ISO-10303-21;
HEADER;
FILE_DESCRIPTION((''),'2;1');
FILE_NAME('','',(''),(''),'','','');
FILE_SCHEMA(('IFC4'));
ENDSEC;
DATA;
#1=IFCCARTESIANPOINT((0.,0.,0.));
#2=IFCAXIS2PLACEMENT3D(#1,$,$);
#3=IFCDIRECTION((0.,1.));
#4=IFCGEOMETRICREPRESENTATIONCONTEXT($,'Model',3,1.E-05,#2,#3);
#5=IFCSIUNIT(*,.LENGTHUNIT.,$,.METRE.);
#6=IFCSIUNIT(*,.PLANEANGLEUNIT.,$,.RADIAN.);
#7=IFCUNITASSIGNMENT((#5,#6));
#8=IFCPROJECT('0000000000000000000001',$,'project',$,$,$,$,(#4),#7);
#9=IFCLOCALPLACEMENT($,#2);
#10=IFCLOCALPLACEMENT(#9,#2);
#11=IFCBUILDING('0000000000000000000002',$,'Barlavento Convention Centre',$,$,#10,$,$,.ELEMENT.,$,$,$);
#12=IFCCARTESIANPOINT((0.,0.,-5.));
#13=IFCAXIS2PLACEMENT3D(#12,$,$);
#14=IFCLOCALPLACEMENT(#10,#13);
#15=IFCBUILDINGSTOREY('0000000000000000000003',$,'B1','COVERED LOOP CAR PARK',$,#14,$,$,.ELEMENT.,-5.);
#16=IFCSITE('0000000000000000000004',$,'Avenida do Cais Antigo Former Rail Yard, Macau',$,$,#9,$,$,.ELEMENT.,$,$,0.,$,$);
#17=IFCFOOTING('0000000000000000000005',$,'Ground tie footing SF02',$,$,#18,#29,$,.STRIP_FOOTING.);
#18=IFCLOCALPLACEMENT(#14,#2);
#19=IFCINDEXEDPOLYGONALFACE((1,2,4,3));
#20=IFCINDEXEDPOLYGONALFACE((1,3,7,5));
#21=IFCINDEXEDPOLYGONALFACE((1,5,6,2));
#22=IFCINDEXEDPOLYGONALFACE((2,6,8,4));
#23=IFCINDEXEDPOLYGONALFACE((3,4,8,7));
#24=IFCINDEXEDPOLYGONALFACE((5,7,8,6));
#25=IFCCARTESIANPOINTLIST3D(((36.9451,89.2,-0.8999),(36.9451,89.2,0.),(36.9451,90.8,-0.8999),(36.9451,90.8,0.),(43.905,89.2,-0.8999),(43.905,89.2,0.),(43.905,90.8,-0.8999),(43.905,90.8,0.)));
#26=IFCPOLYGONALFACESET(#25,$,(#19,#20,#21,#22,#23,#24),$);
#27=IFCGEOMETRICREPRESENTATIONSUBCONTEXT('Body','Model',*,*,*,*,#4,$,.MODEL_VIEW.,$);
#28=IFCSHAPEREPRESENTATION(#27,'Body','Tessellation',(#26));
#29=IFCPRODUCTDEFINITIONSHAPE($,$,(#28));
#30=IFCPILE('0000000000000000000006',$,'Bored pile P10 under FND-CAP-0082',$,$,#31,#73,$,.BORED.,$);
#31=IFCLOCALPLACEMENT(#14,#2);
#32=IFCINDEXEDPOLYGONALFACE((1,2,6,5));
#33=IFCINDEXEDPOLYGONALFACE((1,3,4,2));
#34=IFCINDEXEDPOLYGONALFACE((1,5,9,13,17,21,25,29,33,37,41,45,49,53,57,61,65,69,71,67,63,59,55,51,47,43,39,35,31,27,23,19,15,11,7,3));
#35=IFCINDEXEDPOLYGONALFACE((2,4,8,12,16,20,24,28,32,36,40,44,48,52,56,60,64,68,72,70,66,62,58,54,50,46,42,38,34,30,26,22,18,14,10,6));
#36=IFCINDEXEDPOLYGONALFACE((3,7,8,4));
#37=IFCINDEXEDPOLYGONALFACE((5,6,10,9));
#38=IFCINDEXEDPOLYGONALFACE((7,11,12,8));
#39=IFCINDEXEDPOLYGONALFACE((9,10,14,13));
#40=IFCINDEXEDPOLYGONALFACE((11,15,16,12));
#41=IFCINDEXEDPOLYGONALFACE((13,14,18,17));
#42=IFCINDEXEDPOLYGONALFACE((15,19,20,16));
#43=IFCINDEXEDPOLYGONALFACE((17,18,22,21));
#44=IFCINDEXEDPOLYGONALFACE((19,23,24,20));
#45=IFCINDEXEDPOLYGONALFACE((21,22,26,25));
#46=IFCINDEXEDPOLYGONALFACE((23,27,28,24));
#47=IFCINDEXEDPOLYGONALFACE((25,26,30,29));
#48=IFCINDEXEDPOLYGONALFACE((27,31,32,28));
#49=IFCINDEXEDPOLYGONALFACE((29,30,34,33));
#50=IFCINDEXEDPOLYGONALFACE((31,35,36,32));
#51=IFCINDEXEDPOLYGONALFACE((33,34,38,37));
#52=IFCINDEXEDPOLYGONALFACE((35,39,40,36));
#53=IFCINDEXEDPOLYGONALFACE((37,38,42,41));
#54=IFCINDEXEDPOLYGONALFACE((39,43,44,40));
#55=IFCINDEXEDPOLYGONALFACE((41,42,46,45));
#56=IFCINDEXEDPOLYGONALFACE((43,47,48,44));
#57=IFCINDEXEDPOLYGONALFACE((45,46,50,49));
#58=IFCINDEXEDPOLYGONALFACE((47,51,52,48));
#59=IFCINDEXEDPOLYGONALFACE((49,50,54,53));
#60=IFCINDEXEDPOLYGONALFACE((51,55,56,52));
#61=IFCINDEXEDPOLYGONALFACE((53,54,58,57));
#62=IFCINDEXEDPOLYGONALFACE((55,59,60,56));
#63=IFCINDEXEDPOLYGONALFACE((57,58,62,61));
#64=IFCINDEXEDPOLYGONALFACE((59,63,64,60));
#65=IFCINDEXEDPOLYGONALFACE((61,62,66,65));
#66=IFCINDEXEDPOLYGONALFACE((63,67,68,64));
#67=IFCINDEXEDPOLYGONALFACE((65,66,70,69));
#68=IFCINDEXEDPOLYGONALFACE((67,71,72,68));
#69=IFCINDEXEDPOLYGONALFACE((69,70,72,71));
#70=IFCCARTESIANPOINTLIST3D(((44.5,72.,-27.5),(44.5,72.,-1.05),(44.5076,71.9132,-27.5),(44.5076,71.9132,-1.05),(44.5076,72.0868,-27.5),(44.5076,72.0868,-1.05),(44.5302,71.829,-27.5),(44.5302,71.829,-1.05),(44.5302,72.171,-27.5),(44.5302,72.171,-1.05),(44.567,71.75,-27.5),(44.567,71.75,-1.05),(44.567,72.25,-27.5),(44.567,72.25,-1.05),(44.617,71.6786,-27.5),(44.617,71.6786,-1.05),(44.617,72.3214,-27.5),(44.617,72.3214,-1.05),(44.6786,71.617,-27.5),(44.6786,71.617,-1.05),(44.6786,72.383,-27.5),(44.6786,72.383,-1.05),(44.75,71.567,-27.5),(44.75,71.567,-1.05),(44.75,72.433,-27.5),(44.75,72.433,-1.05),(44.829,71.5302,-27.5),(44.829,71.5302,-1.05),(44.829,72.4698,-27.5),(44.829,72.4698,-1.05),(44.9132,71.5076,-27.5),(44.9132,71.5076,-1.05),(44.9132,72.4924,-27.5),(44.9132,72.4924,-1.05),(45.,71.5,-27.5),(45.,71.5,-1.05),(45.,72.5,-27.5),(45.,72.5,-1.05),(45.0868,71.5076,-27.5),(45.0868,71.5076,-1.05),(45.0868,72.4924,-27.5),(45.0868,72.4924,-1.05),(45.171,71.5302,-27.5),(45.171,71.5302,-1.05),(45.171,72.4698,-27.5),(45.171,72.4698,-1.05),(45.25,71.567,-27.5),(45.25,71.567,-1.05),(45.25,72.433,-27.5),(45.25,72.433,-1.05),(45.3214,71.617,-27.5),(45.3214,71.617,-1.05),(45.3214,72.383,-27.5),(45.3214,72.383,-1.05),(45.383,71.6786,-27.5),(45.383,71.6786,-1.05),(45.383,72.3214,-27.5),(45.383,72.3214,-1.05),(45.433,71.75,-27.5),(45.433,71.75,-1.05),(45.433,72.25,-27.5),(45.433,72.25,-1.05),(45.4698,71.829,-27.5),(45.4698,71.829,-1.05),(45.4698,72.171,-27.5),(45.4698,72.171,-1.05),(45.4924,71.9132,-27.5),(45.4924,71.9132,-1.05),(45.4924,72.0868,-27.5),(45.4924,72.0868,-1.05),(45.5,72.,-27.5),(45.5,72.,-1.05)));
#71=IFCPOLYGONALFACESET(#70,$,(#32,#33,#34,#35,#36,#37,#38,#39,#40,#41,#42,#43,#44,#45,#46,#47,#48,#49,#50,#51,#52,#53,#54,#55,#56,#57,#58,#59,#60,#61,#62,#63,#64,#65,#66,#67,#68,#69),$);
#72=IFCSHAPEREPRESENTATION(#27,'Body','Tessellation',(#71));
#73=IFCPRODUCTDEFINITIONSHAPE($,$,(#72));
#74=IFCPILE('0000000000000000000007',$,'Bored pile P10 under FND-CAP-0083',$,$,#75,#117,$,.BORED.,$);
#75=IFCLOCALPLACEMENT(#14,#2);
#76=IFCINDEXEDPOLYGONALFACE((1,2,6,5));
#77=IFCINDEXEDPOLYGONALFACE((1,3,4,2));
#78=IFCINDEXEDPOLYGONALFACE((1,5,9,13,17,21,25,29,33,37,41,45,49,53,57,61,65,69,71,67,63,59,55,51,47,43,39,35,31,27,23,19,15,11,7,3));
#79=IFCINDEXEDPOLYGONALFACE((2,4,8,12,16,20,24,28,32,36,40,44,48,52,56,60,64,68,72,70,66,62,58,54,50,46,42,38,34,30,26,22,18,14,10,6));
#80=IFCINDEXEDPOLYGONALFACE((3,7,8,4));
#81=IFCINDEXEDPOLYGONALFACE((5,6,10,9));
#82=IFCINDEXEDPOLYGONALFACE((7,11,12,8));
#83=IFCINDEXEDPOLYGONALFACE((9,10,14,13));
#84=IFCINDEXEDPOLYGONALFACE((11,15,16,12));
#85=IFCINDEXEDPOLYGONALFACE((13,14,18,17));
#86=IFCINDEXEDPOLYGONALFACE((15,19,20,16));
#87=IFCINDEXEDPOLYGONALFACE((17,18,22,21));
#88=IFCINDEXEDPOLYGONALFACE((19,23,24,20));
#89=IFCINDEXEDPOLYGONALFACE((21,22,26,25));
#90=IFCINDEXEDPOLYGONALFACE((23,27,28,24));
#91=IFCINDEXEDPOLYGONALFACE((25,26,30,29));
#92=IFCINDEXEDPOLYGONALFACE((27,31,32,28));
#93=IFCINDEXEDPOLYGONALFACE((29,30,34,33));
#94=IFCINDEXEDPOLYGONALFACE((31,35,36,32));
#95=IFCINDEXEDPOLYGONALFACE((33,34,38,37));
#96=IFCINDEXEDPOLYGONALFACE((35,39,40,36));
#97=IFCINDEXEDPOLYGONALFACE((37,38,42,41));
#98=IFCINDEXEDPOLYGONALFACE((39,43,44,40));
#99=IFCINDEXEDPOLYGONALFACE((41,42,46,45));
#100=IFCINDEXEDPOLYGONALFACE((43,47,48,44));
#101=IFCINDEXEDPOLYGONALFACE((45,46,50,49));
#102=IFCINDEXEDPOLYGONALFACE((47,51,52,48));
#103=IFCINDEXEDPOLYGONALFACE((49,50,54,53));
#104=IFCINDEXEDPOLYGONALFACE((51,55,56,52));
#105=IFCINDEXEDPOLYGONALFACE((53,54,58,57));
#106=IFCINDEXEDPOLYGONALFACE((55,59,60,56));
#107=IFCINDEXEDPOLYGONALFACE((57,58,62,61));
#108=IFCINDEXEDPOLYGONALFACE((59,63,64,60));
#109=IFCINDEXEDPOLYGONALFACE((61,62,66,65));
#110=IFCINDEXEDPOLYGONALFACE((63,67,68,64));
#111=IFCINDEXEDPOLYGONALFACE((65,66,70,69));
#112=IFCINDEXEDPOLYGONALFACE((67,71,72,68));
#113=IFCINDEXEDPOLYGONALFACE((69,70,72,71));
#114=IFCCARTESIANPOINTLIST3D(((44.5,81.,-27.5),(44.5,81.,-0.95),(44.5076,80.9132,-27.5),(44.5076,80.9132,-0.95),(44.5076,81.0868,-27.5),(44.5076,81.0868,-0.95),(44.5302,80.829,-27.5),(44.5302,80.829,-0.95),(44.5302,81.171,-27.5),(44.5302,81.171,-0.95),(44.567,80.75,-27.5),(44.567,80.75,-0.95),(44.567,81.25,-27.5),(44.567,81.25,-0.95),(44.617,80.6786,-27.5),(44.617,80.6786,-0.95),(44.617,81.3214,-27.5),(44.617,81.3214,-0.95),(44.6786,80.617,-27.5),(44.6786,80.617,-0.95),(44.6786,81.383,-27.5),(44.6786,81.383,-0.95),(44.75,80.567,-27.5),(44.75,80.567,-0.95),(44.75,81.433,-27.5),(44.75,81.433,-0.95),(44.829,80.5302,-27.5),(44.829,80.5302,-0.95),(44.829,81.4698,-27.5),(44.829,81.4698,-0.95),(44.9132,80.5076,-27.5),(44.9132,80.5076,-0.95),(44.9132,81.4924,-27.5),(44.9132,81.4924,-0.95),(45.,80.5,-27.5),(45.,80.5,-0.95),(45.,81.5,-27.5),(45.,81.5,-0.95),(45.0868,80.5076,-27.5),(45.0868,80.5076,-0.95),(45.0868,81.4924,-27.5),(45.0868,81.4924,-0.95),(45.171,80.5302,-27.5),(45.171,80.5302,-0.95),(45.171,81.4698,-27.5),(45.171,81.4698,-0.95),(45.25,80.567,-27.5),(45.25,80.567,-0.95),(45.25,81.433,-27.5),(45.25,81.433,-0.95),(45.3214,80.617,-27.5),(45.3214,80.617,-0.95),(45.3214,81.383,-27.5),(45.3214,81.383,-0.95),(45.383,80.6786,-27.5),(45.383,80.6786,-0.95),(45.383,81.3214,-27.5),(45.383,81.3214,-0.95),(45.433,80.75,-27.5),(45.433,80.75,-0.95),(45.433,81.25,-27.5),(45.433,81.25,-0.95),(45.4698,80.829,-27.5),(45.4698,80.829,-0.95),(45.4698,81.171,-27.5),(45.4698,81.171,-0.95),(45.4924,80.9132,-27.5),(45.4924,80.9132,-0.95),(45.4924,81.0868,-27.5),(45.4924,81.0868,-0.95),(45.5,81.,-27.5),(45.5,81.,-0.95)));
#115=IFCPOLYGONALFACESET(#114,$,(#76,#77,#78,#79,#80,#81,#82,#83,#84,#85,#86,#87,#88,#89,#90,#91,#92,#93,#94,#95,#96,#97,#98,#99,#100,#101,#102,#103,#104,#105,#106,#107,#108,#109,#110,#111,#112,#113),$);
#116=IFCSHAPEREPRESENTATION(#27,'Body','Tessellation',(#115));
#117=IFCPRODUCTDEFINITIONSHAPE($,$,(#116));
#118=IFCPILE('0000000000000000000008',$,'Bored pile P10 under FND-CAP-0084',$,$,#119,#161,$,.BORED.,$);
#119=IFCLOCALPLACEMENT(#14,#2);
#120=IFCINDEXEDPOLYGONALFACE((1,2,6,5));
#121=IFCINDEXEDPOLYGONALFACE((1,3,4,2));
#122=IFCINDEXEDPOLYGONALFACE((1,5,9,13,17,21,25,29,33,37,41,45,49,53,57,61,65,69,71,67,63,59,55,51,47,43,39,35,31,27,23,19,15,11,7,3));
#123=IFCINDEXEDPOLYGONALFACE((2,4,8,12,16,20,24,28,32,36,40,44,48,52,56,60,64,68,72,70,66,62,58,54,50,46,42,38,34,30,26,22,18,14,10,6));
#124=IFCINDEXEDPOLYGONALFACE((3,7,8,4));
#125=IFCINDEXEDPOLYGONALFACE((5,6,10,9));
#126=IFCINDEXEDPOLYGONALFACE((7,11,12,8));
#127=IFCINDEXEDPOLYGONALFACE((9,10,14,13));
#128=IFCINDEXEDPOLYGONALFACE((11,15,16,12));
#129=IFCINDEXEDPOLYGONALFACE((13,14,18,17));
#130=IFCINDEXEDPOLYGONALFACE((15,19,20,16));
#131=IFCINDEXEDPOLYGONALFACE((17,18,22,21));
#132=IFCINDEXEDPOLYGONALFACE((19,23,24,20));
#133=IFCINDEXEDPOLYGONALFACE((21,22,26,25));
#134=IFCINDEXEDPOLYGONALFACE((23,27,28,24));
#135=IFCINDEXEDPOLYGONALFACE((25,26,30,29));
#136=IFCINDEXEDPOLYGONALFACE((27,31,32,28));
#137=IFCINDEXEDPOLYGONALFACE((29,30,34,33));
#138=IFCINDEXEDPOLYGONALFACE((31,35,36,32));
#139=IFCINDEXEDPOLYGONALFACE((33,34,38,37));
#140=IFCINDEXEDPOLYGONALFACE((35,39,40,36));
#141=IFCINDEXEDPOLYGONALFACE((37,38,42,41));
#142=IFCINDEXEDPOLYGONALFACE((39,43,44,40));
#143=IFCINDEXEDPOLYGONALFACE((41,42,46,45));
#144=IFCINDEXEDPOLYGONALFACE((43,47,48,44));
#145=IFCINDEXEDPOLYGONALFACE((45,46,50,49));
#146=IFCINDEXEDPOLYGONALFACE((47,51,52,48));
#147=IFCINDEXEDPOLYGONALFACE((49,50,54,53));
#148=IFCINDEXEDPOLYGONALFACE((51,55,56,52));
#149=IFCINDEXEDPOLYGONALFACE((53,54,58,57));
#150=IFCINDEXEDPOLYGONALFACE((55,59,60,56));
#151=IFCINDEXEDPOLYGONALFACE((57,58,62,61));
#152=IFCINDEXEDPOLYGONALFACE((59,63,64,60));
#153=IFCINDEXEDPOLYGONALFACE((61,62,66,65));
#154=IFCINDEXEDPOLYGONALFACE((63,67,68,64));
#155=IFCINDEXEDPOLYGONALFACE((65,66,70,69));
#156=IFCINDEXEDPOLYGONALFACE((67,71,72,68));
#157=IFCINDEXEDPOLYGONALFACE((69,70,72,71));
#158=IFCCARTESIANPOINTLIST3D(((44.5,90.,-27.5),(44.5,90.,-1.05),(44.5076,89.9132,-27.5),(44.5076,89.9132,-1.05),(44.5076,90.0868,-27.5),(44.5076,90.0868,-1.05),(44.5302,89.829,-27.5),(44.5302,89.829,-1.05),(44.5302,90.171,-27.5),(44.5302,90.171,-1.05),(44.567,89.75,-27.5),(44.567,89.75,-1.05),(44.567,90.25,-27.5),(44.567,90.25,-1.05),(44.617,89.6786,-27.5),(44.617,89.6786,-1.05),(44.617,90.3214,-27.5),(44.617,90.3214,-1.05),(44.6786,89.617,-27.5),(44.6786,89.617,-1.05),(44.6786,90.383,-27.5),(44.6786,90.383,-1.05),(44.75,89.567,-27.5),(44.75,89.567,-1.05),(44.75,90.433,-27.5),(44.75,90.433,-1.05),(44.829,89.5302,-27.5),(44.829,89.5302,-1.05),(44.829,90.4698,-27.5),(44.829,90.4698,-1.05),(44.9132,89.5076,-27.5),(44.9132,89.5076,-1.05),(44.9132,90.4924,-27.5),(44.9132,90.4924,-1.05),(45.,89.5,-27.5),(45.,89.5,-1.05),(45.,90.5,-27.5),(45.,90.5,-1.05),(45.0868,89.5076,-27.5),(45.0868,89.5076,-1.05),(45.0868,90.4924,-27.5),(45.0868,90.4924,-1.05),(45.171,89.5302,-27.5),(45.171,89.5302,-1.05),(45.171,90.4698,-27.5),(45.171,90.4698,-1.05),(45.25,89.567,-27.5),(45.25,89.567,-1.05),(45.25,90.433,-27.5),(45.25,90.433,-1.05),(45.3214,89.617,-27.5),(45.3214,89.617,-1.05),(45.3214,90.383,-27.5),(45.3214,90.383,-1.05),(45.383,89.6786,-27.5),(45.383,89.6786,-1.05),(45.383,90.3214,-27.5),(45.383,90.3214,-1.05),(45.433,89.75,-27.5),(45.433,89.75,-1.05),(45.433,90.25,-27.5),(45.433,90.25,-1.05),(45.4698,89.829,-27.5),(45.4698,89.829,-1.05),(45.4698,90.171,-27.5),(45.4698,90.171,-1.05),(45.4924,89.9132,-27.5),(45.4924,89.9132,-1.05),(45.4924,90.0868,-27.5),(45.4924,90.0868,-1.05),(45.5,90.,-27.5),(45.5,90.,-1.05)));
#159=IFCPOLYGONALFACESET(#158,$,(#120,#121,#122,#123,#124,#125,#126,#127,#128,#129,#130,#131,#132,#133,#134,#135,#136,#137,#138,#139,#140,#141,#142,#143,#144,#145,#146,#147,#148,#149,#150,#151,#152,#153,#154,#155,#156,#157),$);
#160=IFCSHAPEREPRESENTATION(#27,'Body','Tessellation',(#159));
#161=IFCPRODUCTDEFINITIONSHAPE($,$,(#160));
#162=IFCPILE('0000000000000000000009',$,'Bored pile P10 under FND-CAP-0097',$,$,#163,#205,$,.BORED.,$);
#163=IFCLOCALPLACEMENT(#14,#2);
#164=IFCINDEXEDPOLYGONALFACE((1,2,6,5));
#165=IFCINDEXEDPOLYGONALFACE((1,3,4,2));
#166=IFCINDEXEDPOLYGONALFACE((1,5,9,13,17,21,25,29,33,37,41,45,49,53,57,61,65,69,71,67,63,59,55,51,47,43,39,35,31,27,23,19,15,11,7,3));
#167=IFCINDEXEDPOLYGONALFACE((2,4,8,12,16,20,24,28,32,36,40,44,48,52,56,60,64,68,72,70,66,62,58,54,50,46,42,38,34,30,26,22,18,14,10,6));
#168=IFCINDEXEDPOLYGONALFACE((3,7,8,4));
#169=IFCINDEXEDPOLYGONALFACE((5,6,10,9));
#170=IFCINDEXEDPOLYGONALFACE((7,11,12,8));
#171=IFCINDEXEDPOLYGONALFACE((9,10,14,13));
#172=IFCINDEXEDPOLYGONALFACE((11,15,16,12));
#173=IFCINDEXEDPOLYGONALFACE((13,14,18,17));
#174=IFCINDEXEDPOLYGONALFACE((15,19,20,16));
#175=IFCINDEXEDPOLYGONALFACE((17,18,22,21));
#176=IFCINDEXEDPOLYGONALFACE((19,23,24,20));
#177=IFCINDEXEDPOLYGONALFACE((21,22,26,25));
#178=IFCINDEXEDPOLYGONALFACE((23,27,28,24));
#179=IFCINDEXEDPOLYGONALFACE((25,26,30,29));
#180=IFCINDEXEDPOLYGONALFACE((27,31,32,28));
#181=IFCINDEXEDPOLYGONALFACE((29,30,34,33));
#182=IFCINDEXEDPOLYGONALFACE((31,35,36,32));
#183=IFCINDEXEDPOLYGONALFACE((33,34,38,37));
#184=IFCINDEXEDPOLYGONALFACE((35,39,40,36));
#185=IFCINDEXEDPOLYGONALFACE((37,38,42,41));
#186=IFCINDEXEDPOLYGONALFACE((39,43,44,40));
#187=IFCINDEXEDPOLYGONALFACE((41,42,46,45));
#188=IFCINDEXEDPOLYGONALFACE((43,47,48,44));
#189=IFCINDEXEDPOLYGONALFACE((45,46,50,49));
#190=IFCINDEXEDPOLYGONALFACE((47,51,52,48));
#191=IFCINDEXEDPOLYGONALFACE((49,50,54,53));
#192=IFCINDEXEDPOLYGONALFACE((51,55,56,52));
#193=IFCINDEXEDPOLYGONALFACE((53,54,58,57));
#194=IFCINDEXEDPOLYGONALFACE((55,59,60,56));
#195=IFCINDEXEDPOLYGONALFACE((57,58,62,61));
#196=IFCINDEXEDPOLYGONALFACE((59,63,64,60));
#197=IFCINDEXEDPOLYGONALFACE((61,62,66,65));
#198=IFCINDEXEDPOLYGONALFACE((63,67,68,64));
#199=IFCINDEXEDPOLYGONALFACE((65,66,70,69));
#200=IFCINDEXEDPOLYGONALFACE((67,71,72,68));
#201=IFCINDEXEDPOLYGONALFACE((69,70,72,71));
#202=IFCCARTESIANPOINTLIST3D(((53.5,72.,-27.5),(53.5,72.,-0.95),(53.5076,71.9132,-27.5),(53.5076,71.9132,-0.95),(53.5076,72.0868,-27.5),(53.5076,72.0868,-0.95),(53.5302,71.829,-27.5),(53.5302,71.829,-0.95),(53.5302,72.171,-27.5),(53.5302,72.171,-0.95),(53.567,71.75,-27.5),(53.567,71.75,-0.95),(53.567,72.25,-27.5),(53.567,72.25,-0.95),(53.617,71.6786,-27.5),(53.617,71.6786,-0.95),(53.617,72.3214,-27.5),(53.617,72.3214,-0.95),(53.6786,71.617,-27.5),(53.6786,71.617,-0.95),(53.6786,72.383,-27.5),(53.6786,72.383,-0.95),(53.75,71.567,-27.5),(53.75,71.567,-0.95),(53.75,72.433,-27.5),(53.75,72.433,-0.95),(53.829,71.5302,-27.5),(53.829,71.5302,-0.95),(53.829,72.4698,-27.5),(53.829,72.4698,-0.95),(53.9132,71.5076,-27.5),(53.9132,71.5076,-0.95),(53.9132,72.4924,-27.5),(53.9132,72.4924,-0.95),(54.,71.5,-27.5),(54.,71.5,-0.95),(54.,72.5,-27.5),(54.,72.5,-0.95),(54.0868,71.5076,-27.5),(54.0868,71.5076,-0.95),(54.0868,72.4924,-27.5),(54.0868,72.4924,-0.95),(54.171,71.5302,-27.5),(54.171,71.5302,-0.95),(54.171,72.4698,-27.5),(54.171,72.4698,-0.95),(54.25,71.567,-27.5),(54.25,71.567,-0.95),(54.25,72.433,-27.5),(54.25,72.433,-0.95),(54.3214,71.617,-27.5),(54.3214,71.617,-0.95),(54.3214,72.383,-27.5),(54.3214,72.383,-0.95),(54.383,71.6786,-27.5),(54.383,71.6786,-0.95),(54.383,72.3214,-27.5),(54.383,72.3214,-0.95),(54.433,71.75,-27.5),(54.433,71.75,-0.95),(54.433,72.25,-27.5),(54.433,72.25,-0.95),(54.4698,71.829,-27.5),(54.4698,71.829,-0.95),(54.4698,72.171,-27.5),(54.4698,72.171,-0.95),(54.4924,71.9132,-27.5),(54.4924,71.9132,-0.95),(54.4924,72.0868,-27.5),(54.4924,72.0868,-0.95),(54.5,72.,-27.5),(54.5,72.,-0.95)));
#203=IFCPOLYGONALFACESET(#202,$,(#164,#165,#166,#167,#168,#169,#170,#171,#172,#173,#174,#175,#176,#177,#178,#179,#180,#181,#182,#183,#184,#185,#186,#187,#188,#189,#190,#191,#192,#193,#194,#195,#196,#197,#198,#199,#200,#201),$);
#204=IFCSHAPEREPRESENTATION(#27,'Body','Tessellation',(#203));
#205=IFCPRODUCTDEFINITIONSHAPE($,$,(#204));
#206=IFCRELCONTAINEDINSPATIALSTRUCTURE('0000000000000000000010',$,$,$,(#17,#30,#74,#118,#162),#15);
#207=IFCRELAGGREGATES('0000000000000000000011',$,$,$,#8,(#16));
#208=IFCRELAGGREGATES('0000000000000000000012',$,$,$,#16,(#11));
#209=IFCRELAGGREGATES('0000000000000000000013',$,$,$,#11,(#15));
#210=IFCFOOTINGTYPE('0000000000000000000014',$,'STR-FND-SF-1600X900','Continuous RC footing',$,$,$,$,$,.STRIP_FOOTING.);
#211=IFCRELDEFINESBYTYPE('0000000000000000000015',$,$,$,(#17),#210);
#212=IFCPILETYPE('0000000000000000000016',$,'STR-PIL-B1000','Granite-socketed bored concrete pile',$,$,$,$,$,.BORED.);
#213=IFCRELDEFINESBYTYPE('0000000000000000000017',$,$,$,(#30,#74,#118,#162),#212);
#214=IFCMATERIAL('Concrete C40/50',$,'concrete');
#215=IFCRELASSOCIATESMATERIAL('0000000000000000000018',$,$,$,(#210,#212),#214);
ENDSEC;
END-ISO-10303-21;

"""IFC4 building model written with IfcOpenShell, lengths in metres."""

from ifc_helpers import new_model, si_unit, direction, frame, origin, origin_2d, place, context, subcontext, project, spatial, rectangle, circle, extrude, material, material_profile, profile_set, type_object, element, save


model = new_model("IFC4")

# Units and contexts
model_context = context("Model", 3, precision=1e-05, world=origin(), true_north=direction((0.0, 1.0)))
body_context = subcontext(model_context, "Body", "Model", "MODEL_VIEW")
ifc_project = project(units=[si_unit("LENGTHUNIT", "METRE"), si_unit("PLANEANGLEUNIT", "RADIAN")], contexts=[model_context])

# Site, building, storey
site_placement = place(None, origin())
site = spatial("IfcSite", under=ifc_project, at=site_placement, Name="Avenida do Cais Antigo Former Rail Yard, Macau", CompositionType="ELEMENT", RefElevation=0.0)
building_placement = place(site_placement, origin())
building = spatial("IfcBuilding", under=site, at=building_placement, Name="Barlavento Convention Centre", CompositionType="ELEMENT")
storey_placement = place(building_placement, frame((0.0, 0.0, -5.0)))
storey = spatial("IfcBuildingStorey", under=building, at=storey_placement, Name="B1", Description="COVERED LOOP CAR PARK", CompositionType="ELEMENT", Elevation=-5.0)

# Footing
ifc_material_1 = material(Name="Concrete C40/50", Category="concrete")
footing_type_1 = type_object("IfcFootingType", Name="STR-FND-SF-1600X900", Description="Continuous RC footing", PredefinedType="STRIP_FOOTING", material=ifc_material_1)
footing_1_placement = place(storey_placement, frame((40.425, 90.0, -0.8999), z_axis=(0.0, 0.0, 1.0), x_axis=(1.0, 0.0, 0.0)))
element("IfcFooting", 1, at=footing_1_placement, inside=storey, type_object=footing_type_1, Name="Ground tie footing SF02", PredefinedType="STRIP_FOOTING", context=body_context, shape_type="SweptSolid", body=[
    extrude(rectangle(XDim=6.96, YDim=1.6001, at=origin_2d()), origin(), (0.0, 0.0, 1.0), 0.8999),
])

# Piles
ifc_material_profile_1 = material_profile(ifc_material_1, circle(Radius=0.5, at=origin_2d()), Name="BORED PILE 1000")
ifc_profile_set_1 = profile_set([ifc_material_profile_1], Name="Concrete C40/50")
pile_type = type_object("IfcPileType", Name="STR-PIL-B1000", Description="Granite-socketed bored concrete pile", PredefinedType="BORED", material=ifc_profile_set_1)
pile_1_placement = place(storey_placement, frame((45.0, 72.0, -1.05), z_axis=(0.0, 0.0, -1.0), x_axis=(1.0, 0.0, 0.0)))
element("IfcPile", 2, at=pile_1_placement, inside=storey, type_object=pile_type, Name="Bored pile P10 under FND-CAP-0082", PredefinedType="BORED", context=body_context, shape_type="SweptSolid", body=[
    extrude(circle(Radius=0.5, at=origin_2d()), origin(), (0.0, 0.0, 1.0), 26.45),
])
pile_2_placement = place(storey_placement, frame((45.0, 81.0, -0.95), z_axis=(0.0, 0.0, -1.0), x_axis=(1.0, 0.0, 0.0)))
element("IfcPile", 3, at=pile_2_placement, inside=storey, type_object=pile_type, Name="Bored pile P10 under FND-CAP-0083", PredefinedType="BORED", context=body_context, shape_type="SweptSolid", body=[
    extrude(circle(Radius=0.5, at=origin_2d()), origin(), (0.0, 0.0, 1.0), 26.55),
])
pile_3_placement = place(storey_placement, frame((45.0, 90.0, -1.05), z_axis=(0.0, 0.0, -1.0), x_axis=(1.0, 0.0, 0.0)))
element("IfcPile", 4, at=pile_3_placement, inside=storey, type_object=pile_type, Name="Bored pile P10 under FND-CAP-0084", PredefinedType="BORED", context=body_context, shape_type="SweptSolid", body=[
    extrude(circle(Radius=0.5, at=origin_2d()), origin(), (0.0, 0.0, 1.0), 26.45),
])
pile_4_placement = place(storey_placement, frame((54.0, 72.0, -0.95), z_axis=(0.0, 0.0, -1.0), x_axis=(1.0, 0.0, 0.0)))
element("IfcPile", 5, at=pile_4_placement, inside=storey, type_object=pile_type, Name="Bored pile P10 under FND-CAP-0097", PredefinedType="BORED", context=body_context, shape_type="SweptSolid", body=[
    extrude(circle(Radius=0.5, at=origin_2d()), origin(), (0.0, 0.0, 1.0), 26.55),
])

save(model, "model.ifc")
